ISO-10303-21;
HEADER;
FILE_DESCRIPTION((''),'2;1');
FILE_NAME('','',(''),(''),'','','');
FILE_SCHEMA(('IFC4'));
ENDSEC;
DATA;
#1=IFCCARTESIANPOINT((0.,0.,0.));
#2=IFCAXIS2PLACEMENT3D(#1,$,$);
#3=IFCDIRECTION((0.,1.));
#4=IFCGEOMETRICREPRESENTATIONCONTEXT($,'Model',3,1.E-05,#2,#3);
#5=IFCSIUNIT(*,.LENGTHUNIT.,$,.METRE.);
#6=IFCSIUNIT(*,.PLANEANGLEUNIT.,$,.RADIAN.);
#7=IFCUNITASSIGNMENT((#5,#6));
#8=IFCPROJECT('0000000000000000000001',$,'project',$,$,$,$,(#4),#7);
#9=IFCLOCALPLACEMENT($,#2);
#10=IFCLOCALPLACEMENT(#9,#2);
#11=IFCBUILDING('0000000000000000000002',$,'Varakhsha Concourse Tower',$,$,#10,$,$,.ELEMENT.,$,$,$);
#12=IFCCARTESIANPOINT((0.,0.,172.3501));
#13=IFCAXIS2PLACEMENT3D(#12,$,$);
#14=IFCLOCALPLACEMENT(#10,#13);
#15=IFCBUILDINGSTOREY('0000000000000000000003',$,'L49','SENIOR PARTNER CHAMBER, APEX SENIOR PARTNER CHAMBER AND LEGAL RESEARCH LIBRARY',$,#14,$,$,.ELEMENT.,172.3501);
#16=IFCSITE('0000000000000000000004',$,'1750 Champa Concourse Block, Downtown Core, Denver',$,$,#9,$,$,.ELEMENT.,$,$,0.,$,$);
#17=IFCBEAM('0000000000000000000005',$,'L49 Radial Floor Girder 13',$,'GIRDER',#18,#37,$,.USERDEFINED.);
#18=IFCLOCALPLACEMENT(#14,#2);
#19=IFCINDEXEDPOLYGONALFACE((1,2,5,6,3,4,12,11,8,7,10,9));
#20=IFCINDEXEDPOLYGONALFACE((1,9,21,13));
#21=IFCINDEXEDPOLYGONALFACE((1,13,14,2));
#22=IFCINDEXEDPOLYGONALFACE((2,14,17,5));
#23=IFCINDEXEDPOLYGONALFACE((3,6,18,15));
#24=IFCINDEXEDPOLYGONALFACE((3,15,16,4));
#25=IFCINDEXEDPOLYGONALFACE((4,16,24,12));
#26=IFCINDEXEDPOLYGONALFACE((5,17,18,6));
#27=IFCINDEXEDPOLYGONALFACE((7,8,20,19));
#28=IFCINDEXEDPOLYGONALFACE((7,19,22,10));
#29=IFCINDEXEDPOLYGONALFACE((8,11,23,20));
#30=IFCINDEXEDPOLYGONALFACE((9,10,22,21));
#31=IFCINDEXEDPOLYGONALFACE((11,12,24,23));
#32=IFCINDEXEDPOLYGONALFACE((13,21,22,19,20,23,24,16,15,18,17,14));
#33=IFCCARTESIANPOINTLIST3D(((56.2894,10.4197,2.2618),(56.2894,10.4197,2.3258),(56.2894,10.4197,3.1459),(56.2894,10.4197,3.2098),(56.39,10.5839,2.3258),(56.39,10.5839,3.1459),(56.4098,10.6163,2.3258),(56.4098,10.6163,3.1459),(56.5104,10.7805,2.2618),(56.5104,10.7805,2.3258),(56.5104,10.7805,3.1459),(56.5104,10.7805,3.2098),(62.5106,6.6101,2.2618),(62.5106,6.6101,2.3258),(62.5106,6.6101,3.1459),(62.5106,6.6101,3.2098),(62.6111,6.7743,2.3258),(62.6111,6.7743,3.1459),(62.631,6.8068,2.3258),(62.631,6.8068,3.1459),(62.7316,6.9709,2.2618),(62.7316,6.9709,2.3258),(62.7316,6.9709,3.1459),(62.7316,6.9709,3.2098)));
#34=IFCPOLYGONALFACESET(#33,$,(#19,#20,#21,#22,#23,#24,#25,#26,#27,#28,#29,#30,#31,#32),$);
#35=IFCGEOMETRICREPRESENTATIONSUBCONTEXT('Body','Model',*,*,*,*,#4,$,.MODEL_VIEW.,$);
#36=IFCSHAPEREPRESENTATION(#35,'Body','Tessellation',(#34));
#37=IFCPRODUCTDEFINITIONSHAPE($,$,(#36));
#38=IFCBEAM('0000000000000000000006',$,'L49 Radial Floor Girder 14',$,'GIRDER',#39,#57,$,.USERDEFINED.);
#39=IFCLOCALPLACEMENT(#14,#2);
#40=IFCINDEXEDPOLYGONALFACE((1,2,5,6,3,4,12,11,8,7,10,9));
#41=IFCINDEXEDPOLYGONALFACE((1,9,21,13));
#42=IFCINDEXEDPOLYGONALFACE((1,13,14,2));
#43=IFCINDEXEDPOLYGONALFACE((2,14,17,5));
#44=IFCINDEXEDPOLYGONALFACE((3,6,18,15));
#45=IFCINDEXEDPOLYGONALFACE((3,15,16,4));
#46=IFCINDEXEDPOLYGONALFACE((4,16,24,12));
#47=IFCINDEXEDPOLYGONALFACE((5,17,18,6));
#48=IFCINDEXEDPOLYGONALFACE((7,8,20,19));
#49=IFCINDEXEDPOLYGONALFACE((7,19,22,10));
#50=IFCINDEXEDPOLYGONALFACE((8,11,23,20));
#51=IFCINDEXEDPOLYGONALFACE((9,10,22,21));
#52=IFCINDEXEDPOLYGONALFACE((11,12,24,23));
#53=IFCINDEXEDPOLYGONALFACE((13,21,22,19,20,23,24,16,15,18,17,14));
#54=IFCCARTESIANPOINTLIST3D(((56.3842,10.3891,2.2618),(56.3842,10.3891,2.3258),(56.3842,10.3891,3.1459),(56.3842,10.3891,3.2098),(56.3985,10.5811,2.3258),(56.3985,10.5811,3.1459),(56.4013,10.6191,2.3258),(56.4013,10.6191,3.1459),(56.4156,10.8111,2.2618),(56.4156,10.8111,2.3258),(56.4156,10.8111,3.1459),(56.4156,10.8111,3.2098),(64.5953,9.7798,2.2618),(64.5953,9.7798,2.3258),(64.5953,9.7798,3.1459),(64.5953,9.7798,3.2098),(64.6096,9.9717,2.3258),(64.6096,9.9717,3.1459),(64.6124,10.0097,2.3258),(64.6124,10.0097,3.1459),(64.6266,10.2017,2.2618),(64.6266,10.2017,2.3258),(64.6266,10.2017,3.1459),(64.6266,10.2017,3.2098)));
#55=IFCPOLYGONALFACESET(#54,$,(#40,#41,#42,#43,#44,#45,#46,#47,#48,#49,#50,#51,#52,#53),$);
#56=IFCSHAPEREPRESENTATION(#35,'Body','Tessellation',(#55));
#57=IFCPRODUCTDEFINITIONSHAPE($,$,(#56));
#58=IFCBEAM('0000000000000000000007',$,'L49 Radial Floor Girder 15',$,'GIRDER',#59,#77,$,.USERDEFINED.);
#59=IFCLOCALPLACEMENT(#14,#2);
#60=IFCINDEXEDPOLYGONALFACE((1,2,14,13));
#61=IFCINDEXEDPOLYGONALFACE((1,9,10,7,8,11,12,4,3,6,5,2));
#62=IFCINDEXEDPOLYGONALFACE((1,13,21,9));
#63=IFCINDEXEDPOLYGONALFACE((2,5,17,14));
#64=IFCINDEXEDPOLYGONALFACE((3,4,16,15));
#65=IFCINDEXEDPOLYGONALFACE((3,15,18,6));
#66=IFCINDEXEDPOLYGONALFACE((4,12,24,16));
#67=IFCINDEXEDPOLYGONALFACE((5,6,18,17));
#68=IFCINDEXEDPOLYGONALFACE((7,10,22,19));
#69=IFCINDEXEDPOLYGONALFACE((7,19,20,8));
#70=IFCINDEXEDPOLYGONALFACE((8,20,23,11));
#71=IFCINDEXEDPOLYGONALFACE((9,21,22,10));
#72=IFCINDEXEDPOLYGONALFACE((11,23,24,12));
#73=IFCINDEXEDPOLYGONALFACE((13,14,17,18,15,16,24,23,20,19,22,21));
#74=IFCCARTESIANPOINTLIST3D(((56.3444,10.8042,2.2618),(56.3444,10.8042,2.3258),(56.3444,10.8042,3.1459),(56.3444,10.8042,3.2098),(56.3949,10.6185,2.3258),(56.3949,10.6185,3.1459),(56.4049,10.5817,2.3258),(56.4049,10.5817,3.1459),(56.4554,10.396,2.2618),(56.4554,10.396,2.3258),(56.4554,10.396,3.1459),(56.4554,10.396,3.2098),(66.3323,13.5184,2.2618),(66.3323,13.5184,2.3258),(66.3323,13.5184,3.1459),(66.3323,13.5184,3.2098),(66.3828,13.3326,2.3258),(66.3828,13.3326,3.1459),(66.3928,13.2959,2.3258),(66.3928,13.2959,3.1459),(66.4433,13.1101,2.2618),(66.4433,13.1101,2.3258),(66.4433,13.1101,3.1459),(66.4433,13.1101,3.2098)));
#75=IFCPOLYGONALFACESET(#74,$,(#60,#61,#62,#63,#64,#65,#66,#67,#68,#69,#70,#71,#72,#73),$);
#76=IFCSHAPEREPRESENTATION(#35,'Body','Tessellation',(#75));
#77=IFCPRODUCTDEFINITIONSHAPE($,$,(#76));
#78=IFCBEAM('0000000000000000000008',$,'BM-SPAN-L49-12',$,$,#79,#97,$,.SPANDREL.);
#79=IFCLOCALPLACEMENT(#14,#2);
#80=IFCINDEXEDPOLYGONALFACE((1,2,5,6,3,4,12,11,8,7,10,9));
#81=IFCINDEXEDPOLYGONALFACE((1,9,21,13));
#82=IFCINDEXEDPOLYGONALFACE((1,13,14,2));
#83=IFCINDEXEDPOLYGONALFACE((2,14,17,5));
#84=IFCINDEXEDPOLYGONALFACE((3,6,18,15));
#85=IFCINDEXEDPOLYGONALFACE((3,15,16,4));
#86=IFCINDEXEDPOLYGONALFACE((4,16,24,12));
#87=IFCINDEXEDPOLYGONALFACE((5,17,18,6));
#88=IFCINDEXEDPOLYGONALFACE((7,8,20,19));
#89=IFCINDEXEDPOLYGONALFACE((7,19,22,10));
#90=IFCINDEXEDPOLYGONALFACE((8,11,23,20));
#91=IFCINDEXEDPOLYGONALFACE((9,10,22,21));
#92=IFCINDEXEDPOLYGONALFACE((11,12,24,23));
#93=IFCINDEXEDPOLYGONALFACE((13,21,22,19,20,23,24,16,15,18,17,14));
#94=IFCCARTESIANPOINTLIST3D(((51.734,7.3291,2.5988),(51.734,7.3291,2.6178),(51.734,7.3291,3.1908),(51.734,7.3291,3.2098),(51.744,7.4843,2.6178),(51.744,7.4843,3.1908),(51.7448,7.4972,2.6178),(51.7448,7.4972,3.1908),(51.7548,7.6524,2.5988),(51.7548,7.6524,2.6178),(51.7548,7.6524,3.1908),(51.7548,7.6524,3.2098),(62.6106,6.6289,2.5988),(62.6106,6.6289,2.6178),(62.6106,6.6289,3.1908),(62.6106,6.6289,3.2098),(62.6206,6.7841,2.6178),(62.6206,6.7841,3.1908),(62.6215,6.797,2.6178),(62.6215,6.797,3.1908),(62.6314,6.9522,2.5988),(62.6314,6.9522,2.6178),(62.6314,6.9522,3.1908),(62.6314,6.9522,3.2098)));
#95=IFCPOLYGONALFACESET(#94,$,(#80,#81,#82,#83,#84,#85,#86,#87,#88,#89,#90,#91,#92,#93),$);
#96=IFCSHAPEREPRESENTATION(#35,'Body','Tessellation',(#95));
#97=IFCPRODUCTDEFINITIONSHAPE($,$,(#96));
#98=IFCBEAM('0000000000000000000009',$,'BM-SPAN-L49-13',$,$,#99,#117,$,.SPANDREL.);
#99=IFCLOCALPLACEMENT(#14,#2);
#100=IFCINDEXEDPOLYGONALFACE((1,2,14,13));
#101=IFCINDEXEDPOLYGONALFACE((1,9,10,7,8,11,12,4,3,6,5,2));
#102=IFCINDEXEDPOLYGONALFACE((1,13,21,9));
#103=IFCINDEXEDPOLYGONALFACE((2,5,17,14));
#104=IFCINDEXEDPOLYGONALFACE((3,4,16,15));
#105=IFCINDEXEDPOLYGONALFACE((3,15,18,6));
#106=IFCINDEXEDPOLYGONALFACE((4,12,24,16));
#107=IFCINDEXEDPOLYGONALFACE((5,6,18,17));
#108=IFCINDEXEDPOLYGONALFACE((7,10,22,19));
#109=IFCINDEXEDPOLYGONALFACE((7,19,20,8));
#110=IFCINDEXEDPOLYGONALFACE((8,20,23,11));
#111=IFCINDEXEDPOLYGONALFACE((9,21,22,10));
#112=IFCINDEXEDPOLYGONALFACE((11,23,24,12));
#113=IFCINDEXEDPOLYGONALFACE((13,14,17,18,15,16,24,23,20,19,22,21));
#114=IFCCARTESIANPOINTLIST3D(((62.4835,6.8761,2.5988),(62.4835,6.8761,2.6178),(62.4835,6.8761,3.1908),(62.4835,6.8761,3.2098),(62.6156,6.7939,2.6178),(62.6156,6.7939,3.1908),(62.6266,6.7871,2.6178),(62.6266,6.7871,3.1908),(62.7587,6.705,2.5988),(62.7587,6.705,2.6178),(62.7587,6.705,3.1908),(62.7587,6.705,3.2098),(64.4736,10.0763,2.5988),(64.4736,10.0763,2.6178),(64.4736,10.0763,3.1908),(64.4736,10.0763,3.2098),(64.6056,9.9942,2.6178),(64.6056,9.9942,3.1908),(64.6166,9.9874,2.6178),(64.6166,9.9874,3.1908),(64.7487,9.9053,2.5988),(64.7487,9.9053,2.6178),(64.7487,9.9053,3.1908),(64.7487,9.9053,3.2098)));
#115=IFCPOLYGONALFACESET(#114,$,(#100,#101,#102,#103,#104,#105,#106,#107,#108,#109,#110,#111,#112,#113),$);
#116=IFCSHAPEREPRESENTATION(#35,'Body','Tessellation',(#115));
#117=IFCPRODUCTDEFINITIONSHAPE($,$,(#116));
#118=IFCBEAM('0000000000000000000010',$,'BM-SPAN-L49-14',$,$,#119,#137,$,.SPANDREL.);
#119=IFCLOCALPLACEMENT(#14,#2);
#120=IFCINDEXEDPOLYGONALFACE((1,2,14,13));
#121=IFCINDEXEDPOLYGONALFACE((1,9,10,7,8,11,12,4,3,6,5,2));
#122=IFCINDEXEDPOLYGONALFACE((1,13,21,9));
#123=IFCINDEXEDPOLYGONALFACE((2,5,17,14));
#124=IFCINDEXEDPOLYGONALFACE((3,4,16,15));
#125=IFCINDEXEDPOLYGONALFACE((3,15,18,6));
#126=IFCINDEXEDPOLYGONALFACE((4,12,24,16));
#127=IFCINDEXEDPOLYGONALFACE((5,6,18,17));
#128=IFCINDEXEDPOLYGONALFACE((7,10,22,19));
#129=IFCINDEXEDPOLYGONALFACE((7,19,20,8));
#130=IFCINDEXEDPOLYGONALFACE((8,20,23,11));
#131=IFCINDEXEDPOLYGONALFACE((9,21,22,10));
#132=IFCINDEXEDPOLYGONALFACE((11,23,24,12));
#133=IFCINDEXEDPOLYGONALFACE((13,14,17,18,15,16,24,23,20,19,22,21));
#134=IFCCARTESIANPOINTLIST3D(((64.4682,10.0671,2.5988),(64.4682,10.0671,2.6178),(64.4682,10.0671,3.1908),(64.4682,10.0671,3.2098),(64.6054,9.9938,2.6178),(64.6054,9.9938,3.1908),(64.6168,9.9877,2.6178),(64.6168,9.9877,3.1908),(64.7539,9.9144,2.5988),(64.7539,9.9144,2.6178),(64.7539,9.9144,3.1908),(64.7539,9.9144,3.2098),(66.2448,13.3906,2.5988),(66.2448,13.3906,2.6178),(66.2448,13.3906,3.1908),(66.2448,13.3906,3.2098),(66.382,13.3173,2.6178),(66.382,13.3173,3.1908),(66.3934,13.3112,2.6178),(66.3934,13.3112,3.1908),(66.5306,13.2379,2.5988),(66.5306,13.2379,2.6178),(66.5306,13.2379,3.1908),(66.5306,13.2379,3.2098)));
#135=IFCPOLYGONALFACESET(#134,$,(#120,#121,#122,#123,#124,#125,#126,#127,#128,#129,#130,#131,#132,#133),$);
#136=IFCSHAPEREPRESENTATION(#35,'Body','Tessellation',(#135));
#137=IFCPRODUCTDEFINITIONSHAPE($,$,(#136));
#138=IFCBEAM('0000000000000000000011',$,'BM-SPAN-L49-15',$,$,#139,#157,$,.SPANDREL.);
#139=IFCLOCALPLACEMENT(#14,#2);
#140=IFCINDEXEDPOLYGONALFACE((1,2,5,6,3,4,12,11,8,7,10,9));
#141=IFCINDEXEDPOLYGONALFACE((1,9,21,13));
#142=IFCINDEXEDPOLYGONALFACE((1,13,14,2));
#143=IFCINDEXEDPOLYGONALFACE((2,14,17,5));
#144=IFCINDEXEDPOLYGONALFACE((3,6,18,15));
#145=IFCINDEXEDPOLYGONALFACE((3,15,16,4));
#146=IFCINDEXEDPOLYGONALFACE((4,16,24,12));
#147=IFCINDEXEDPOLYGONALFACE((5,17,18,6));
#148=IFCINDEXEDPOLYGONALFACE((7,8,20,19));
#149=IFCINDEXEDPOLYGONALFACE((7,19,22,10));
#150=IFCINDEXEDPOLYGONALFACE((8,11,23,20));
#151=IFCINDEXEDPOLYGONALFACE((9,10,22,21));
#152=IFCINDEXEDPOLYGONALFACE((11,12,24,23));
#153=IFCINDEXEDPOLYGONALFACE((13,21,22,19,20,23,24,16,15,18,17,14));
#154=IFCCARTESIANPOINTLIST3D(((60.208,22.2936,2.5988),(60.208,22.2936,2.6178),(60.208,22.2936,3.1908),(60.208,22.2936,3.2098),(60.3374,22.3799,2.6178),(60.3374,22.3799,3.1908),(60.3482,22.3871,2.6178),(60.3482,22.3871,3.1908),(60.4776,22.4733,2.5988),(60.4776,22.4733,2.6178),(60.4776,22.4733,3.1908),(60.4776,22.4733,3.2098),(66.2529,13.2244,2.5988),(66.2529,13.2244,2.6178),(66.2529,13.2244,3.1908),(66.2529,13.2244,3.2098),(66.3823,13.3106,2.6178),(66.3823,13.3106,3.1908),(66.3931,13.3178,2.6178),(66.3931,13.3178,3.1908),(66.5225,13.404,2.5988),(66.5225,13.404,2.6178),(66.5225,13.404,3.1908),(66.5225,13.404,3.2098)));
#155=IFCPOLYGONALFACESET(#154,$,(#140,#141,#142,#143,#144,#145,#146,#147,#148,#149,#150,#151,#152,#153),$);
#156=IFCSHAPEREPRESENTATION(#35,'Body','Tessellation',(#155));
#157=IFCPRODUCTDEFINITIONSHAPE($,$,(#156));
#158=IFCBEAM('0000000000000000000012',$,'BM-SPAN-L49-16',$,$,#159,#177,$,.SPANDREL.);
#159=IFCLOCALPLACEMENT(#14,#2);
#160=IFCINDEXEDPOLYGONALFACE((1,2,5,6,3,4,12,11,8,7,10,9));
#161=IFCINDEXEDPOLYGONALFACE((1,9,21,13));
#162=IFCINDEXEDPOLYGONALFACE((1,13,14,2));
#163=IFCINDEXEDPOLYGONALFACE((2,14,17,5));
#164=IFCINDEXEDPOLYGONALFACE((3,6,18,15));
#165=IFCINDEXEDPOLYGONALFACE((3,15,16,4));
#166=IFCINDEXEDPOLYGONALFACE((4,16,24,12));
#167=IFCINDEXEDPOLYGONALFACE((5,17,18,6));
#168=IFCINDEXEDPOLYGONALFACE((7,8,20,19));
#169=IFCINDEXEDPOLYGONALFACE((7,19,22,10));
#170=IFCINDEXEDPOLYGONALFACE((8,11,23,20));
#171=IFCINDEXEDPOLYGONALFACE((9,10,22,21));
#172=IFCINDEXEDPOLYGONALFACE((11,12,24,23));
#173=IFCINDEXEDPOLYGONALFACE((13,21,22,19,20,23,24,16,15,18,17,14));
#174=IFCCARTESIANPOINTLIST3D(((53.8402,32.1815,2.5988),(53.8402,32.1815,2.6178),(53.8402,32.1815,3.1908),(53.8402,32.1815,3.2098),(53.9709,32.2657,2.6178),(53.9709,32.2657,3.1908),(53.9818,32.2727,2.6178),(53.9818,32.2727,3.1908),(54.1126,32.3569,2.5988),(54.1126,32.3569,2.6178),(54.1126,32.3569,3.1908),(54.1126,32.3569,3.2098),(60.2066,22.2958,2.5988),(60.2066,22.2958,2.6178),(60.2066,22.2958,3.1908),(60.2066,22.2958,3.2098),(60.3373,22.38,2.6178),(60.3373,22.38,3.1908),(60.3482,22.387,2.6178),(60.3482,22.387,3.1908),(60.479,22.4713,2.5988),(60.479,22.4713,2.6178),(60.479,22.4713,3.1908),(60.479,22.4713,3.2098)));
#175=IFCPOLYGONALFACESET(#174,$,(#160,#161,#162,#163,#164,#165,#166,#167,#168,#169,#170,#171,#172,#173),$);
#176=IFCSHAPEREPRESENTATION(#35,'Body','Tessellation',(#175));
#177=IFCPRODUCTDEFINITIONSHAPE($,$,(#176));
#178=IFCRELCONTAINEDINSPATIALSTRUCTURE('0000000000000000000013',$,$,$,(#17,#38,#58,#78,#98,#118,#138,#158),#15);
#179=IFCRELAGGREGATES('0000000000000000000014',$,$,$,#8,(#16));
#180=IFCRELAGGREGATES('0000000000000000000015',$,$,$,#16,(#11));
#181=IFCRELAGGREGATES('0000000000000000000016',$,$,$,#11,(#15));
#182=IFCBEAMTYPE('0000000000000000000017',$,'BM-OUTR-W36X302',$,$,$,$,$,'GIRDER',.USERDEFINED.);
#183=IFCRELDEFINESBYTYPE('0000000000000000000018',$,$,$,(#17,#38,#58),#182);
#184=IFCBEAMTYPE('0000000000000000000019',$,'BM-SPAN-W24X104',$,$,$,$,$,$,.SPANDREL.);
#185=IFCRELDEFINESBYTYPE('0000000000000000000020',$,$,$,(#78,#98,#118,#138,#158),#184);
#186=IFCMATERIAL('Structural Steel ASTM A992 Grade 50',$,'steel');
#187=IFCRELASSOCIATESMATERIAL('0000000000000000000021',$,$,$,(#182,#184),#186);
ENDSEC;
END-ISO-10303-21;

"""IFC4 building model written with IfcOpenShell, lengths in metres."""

from ifc_helpers import new_model, si_unit, direction, frame, origin, origin_2d, place, context, subcontext, project, spatial, i_section, extrude, material, material_profile, profile_set, type_object, element, save


model = new_model("IFC4")

# Units and contexts
model_context = context("Model", 3, precision=1e-05, world=origin(), true_north=direction((0.0, 1.0)))
body_context = subcontext(model_context, "Body", "Model", "MODEL_VIEW")
ifc_project = project(units=[si_unit("LENGTHUNIT", "METRE"), si_unit("PLANEANGLEUNIT", "RADIAN")], contexts=[model_context])

# Site, building, storey
site_placement = place(None, origin())
site = spatial("IfcSite", under=ifc_project, at=site_placement, Name="1750 Champa Concourse Block, Downtown Core, Denver", CompositionType="ELEMENT", RefElevation=0.0)
building_placement = place(site_placement, origin())
building = spatial("IfcBuilding", under=site, at=building_placement, Name="Varakhsha Concourse Tower", CompositionType="ELEMENT")
storey_placement = place(building_placement, frame((0.0, 0.0, 172.3501)))
storey = spatial("IfcBuildingStorey", under=building, at=storey_placement, Name="L49", Description="SENIOR PARTNER CHAMBER, APEX SENIOR PARTNER CHAMBER AND LEGAL RESEARCH LIBRARY", CompositionType="ELEMENT", Elevation=172.3501)

# Shared definitions
ifc_material_1 = material(Name="Structural Steel ASTM A992 Grade 50", Category="steel")

# Beams
ifc_material_profile_1 = material_profile(ifc_material_1, i_section(OverallWidth=0.4231, OverallDepth=0.948, WebThickness=0.0381, FlangeThickness=0.064, at=origin_2d()), Name="W36X302")
ifc_profile_set_1 = profile_set([ifc_material_profile_1], Name="Structural Steel ASTM A992 Grade 50")
beam_type_1 = type_object("IfcBeamType", Name="BM-OUTR-W36X302", ElementType="GIRDER", PredefinedType="USERDEFINED", material=ifc_profile_set_1)
beam_1_placement = place(storey_placement, frame((56.3999, 10.6001, 2.7358), z_axis=(0.85281, -0.522221, 0.0), x_axis=(0.522221, 0.85281, 0.0)))
element("IfcBeam", 1, at=beam_1_placement, inside=storey, type_object=beam_type_1, Name="L49 Radial Floor Girder 13", ObjectType="GIRDER", PredefinedType="USERDEFINED", context=body_context, shape_type="SweptSolid", body=[
    extrude(i_section(OverallWidth=0.4231, OverallDepth=0.948, WebThickness=0.0381, FlangeThickness=0.064, at=origin_2d()), origin(), (0.0, 0.0, 1.0), 7.2949),
])
beam_2_placement = place(storey_placement, frame((56.3999, 10.6001, 2.7358), z_axis=(0.997258, -0.074009, 0.0), x_axis=(0.074009, 0.997258, 0.0)))
element("IfcBeam", 2, at=beam_2_placement, inside=storey, type_object=beam_type_1, Name="L49 Radial Floor Girder 14", ObjectType="GIRDER", PredefinedType="USERDEFINED", context=body_context, shape_type="SweptSolid", body=[
    extrude(i_section(OverallWidth=0.4231, OverallDepth=0.948, WebThickness=0.0381, FlangeThickness=0.064, at=origin_2d()), origin(), (0.0, 0.0, 1.0), 8.2336),
])
beam_3_placement = place(storey_placement, frame((56.3999, 10.6001, 2.7358), z_axis=(0.965005, 0.262233, 0.0), x_axis=(-0.262233, 0.965005, 0.0)))
element("IfcBeam", 3, at=beam_3_placement, inside=storey, type_object=beam_type_1, Name="L49 Radial Floor Girder 15", ObjectType="GIRDER", PredefinedType="USERDEFINED", context=body_context, shape_type="SweptSolid", body=[
    extrude(i_section(OverallWidth=0.4231, OverallDepth=0.948, WebThickness=0.0381, FlangeThickness=0.064, at=origin_2d()), origin(), (0.0, 0.0, 1.0), 10.3501),
])
ifc_material_profile_2 = material_profile(ifc_material_1, i_section(OverallWidth=0.324, OverallDepth=0.6111, WebThickness=0.0129, FlangeThickness=0.019, at=origin_2d()), Name="W24X104")
ifc_profile_set_2 = profile_set([ifc_material_profile_2], Name="Structural Steel ASTM A992 Grade 50")
beam_type_2 = type_object("IfcBeamType", Name="BM-SPAN-W24X104", PredefinedType="SPANDREL", material=ifc_profile_set_2)
beam_4_placement = place(storey_placement, frame((51.7444, 7.4907, 2.9043), z_axis=(0.997934, -0.064243, 0.0), x_axis=(0.064243, 0.997934, 0.0)))
element("IfcBeam", 4, at=beam_4_placement, inside=storey, type_object=beam_type_2, Name="BM-SPAN-L49-12", PredefinedType="SPANDREL", context=body_context, shape_type="SweptSolid", body=[
    extrude(i_section(OverallWidth=0.324, OverallDepth=0.6111, WebThickness=0.0129, FlangeThickness=0.019, at=origin_2d()), origin(), (0.0, 0.0, 1.0), 10.8992),
])
for number, where, z_axis, x_axis, name in (
    (5, (62.6211, 6.7905, 2.9043), (0.528064, 0.849204, 0.0), (-0.849204, 0.528064, 0.0), "BM-SPAN-L49-13"),
    (6, (64.6111, 9.9907, 2.9043), (0.471432, 0.881902, 0.0), (-0.881902, 0.471432, 0.0), "BM-SPAN-L49-14"),
):
    element("IfcBeam", number, at=place(storey_placement, frame(where, z_axis=z_axis, x_axis=x_axis)), inside=storey, type_object=beam_type_2, Name=name, PredefinedType="SPANDREL", context=body_context, shape_type="SweptSolid", body=[
        extrude(i_section(OverallWidth=0.324, OverallDepth=0.6111, WebThickness=0.0129, FlangeThickness=0.019, at=origin_2d()), origin(), (0.0, 0.0, 1.0), 3.7686),
    ])
beam_5_placement = place(storey_placement, frame((66.3877, 13.3142, 2.9043), z_axis=(-0.554617, 0.832105, 0.0), x_axis=(-0.832105, -0.554617, 0.0)))
element("IfcBeam", 7, at=beam_5_placement, inside=storey, type_object=beam_type_2, Name="BM-SPAN-L49-15", PredefinedType="SPANDREL", context=body_context, shape_type="SweptSolid", body=[
    extrude(i_section(OverallWidth=0.324, OverallDepth=0.6111, WebThickness=0.0129, FlangeThickness=0.019, at=origin_2d()), origin(), (0.0, 0.0, 1.0), 10.8992),
])
beam_6_placement = place(storey_placement, frame((60.3428, 22.3835, 2.9043), z_axis=(-0.54144, 0.84074, 0.0), x_axis=(-0.84074, -0.54144, 0.0)))
element("IfcBeam", 8, at=beam_6_placement, inside=storey, type_object=beam_type_2, Name="BM-SPAN-L49-16", PredefinedType="SPANDREL", context=body_context, shape_type="SweptSolid", body=[
    extrude(i_section(OverallWidth=0.324, OverallDepth=0.6111, WebThickness=0.0129, FlangeThickness=0.019, at=origin_2d()), origin(), (0.0, 0.0, 1.0), 11.7583),
])

save(model, "model.ifc")
